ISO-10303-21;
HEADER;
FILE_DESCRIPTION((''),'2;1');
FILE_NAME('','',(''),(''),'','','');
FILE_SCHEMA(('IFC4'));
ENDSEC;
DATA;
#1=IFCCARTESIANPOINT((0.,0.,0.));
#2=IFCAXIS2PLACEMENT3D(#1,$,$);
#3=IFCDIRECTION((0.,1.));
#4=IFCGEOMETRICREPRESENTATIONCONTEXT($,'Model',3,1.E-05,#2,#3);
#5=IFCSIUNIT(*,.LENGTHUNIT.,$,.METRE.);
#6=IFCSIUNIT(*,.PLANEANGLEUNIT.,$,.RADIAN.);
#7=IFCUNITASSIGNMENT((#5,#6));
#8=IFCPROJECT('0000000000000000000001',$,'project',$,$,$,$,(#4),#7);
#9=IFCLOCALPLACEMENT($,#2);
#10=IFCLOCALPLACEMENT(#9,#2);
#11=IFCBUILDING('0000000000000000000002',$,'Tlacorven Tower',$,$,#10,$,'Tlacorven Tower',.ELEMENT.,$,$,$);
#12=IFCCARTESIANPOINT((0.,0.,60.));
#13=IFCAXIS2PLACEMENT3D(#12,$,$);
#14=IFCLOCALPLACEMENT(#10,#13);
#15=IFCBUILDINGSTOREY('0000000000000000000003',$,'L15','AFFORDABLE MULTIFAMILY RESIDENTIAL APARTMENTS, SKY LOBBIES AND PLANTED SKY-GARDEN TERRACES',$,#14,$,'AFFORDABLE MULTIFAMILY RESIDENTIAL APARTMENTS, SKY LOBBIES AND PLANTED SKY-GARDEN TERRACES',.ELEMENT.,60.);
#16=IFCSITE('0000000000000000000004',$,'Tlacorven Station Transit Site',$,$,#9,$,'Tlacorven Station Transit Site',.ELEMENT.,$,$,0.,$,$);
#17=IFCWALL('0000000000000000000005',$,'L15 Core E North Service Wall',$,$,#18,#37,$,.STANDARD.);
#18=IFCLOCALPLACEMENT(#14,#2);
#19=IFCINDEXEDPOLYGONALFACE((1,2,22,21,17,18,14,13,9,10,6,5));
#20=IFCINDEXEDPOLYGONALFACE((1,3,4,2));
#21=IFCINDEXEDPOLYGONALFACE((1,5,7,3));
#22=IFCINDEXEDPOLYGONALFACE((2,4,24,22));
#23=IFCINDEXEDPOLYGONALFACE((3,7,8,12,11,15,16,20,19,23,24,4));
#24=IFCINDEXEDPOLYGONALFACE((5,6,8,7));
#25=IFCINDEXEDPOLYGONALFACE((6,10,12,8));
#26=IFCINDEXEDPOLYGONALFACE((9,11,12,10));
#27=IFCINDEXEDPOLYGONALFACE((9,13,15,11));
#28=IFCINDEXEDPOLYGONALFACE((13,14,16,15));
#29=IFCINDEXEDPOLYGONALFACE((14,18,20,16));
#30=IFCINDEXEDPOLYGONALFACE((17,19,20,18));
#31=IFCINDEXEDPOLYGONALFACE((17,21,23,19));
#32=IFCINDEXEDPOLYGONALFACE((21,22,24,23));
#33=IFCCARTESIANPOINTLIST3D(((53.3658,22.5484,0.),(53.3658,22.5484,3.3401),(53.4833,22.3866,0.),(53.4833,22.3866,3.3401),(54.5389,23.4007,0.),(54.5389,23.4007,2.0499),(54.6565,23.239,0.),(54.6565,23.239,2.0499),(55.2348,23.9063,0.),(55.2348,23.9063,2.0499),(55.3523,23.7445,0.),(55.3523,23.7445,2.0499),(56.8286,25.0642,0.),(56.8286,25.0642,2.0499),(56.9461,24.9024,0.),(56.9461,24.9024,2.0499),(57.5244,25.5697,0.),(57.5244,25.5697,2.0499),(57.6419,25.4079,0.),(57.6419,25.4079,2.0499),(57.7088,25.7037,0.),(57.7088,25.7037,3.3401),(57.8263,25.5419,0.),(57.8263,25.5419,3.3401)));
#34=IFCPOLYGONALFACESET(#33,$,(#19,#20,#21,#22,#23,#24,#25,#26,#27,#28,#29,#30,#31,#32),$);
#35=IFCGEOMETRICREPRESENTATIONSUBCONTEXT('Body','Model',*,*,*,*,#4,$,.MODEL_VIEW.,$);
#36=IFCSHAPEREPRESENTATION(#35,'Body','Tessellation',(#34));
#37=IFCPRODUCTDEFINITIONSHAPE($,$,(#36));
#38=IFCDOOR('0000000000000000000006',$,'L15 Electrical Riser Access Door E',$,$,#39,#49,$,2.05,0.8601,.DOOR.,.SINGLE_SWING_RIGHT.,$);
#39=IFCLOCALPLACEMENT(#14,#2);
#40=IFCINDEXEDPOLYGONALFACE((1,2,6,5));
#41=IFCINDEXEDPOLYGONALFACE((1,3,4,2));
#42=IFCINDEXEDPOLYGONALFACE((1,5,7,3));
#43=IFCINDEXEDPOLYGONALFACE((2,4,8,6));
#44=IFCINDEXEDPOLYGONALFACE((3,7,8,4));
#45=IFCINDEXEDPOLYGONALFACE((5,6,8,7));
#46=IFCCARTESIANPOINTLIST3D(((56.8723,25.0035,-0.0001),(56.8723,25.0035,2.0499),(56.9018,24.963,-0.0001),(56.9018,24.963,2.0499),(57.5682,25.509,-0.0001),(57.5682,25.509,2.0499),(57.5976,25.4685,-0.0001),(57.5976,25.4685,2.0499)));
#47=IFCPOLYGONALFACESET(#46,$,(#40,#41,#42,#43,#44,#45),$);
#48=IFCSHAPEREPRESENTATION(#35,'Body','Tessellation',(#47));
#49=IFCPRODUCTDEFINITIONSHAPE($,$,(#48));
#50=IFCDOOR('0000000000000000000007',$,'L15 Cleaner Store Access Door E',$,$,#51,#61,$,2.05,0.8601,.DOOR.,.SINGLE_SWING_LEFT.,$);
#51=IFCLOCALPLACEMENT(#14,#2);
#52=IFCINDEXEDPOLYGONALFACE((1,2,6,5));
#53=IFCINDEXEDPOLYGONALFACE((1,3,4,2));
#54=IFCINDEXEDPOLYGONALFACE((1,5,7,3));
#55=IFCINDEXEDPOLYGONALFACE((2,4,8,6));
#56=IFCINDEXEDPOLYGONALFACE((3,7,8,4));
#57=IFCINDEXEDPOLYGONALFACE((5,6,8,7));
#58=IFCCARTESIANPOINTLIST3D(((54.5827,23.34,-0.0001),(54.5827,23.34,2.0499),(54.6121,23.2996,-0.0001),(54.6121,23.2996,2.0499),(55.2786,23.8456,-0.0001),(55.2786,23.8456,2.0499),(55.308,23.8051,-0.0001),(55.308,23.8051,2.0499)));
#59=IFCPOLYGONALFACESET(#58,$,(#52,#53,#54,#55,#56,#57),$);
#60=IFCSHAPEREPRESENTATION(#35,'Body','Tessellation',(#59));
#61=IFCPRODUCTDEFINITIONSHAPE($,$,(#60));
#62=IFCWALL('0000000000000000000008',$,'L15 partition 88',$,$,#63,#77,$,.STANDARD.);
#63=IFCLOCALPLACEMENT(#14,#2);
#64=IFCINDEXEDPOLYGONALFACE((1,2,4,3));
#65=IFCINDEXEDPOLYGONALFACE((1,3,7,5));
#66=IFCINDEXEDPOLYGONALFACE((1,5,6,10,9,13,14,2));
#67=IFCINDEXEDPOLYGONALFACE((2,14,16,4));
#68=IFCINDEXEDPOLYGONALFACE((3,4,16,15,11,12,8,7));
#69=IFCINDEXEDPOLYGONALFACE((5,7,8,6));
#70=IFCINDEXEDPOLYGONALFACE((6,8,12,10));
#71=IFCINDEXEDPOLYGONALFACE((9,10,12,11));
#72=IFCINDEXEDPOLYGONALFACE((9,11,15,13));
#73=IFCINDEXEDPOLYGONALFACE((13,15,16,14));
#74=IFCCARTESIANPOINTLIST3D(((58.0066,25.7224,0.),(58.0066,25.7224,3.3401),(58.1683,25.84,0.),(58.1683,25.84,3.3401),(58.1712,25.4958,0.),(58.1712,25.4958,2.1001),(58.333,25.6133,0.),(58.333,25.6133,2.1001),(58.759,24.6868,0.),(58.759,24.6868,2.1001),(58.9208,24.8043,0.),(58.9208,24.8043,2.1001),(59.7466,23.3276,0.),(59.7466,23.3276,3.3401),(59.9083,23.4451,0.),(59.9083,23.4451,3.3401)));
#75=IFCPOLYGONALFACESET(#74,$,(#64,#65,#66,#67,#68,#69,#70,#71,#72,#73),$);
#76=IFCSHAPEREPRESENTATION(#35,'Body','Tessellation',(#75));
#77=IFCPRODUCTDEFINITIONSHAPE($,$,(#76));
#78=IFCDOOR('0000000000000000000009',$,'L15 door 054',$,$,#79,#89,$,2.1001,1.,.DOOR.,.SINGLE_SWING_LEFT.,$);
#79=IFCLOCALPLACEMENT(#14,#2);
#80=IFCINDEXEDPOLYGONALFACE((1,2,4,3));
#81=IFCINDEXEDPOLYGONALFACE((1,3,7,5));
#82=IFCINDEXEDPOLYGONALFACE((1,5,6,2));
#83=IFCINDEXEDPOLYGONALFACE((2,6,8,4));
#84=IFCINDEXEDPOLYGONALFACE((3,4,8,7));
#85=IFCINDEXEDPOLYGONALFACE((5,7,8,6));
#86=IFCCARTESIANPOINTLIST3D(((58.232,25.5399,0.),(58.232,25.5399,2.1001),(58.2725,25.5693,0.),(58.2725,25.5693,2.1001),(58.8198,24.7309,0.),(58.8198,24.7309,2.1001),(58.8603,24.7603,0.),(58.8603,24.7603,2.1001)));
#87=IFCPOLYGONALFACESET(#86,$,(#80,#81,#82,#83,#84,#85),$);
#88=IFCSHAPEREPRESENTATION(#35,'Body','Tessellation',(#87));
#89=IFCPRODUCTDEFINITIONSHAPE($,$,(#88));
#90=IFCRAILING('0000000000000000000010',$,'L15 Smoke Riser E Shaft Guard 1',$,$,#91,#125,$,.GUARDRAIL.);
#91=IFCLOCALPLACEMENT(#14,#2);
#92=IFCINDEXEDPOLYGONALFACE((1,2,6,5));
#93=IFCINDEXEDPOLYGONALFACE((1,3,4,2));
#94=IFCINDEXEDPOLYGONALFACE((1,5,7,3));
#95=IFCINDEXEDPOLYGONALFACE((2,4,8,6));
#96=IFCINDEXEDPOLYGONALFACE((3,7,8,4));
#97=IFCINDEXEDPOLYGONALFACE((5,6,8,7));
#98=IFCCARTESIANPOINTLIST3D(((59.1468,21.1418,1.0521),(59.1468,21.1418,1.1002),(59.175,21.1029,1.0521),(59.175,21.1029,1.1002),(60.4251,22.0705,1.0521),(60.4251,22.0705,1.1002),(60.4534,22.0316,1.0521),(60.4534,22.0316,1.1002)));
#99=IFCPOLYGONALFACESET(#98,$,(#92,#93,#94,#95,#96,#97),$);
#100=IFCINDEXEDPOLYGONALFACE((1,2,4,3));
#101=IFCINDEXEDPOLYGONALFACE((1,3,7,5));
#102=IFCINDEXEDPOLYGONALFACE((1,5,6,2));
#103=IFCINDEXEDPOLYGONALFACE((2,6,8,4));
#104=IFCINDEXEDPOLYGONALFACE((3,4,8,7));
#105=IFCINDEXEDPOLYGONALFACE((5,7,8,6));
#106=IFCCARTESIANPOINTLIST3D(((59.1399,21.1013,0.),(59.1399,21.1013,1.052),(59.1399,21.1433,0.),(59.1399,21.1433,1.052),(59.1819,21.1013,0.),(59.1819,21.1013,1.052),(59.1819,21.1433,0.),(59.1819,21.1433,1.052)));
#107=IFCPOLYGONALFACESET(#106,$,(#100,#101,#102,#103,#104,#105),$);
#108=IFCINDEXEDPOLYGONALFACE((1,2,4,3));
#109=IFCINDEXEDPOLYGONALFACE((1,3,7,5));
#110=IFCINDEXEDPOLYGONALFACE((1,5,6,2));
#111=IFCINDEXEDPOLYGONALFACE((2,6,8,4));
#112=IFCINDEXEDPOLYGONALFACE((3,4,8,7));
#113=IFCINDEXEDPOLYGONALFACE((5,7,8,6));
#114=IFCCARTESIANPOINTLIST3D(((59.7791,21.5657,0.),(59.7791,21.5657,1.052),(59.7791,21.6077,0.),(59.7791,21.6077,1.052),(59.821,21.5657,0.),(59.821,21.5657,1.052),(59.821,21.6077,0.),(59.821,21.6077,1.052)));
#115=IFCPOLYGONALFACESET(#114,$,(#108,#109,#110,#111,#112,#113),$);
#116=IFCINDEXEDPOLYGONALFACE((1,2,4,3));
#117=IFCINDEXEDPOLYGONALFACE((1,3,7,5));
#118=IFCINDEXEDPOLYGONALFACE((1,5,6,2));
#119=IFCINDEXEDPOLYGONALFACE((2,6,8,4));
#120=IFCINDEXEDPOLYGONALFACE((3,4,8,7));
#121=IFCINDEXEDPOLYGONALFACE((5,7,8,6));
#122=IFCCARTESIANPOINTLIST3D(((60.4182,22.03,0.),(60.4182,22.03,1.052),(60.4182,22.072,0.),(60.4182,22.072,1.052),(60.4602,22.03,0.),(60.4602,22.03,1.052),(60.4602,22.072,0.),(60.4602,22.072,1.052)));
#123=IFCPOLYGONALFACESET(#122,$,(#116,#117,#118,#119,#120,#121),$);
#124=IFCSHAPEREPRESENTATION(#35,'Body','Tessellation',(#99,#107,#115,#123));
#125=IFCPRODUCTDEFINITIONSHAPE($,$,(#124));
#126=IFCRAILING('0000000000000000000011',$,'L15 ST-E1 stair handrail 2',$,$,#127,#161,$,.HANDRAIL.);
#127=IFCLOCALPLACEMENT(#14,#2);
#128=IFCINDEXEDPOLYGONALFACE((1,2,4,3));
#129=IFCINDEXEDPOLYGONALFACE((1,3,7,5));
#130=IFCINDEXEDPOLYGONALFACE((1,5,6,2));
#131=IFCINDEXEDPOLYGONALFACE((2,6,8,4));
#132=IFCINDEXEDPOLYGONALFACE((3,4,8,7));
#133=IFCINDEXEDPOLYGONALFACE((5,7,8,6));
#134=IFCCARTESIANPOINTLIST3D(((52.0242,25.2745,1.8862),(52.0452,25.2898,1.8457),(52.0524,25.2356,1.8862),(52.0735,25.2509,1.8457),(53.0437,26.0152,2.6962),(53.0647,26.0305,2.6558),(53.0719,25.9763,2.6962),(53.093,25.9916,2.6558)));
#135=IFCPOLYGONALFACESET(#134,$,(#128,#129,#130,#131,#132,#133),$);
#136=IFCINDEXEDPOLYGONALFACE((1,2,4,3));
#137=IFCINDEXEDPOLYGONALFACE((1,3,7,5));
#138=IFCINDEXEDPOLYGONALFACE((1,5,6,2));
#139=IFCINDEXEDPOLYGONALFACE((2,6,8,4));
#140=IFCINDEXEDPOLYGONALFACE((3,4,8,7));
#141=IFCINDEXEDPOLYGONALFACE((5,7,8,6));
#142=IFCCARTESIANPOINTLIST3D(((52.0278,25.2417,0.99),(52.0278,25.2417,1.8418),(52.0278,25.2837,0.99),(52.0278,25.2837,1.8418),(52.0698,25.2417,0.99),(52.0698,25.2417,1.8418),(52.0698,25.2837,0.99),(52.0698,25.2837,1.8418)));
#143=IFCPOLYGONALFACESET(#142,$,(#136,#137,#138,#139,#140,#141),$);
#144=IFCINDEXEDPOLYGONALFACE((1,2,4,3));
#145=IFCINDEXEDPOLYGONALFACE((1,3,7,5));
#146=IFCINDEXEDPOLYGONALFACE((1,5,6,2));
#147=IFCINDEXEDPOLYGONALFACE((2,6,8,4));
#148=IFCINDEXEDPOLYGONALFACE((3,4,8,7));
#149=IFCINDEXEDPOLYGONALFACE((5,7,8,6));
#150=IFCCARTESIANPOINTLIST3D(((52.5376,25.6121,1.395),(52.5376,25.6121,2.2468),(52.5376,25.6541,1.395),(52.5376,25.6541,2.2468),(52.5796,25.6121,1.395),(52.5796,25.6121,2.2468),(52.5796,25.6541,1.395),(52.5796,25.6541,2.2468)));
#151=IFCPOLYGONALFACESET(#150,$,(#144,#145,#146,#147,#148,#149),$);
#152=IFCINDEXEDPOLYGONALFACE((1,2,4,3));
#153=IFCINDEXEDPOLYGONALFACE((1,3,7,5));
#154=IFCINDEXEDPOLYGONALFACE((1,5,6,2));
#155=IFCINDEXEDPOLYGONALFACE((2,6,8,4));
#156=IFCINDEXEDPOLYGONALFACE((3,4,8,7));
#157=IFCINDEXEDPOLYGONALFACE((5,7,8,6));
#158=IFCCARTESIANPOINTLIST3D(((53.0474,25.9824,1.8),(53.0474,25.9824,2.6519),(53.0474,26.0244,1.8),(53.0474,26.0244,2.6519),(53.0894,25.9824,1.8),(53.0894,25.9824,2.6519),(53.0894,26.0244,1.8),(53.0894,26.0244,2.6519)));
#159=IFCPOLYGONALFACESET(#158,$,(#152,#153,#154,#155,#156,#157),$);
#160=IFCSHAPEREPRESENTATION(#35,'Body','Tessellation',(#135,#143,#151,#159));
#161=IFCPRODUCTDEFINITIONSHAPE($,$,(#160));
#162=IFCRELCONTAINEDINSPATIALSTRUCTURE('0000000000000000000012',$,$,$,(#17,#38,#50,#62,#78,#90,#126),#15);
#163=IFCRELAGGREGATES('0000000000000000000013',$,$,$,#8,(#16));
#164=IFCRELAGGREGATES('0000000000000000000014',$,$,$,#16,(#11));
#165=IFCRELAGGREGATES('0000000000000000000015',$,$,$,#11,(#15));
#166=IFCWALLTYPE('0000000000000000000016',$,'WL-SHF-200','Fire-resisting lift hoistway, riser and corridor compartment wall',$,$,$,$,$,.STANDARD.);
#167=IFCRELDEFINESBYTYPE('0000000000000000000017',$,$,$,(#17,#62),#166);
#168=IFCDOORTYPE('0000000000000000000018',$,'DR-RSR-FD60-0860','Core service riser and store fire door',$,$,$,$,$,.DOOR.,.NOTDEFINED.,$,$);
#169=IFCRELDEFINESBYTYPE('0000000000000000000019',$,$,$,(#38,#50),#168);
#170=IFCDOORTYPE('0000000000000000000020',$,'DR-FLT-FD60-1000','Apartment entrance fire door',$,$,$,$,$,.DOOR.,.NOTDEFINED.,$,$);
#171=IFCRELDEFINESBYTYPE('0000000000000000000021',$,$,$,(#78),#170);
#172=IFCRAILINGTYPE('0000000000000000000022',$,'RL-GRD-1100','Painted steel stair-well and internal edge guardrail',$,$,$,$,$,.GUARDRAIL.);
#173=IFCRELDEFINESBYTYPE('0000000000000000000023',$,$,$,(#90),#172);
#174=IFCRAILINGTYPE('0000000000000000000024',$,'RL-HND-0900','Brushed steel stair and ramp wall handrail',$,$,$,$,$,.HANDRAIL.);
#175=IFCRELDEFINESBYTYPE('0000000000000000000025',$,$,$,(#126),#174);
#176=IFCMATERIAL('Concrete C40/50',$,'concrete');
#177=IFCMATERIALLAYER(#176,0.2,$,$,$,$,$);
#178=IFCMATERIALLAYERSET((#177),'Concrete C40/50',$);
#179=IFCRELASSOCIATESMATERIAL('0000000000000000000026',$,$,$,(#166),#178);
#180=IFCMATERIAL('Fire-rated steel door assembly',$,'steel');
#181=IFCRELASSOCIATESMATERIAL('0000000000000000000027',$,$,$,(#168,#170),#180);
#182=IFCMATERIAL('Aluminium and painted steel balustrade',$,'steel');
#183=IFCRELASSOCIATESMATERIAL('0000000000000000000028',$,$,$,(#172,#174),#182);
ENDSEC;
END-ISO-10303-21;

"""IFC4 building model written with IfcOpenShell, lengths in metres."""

from ifc_helpers import new_model, si_unit, direction, frame, frame_2d, origin, origin_2d, place, context, subcontext, project, spatial, rectangle, extrude, source, transform, mapped, material, layer, layer_set, type_object, element, fill, save


model = new_model("IFC4")

# Units and contexts
model_context = context("Model", 3, precision=1e-05, world=origin(), true_north=direction((0.0, 1.0)))
body_context = subcontext(model_context, "Body", "Model", "MODEL_VIEW")
ifc_project = project(units=[si_unit("LENGTHUNIT", "METRE"), si_unit("PLANEANGLEUNIT", "RADIAN")], contexts=[model_context])

# Site, building, storey
site_placement = place(None, origin())
site = spatial("IfcSite", under=ifc_project, at=site_placement, Name="Tlacorven Station Transit Site", LongName="Tlacorven Station Transit Site", CompositionType="ELEMENT", RefElevation=0.0)
building_placement = place(site_placement, origin())
building = spatial("IfcBuilding", under=site, at=building_placement, Name="Tlacorven Tower", LongName="Tlacorven Tower", CompositionType="ELEMENT")
storey_placement = place(building_placement, frame((0.0, 0.0, 60.0)))
storey = spatial("IfcBuildingStorey", under=building, at=storey_placement, Name="L15", Description="AFFORDABLE MULTIFAMILY RESIDENTIAL APARTMENTS, SKY LOBBIES AND PLANTED SKY-GARDEN TERRACES", LongName="AFFORDABLE MULTIFAMILY RESIDENTIAL APARTMENTS, SKY LOBBIES AND PLANTED SKY-GARDEN TERRACES", CompositionType="ELEMENT", Elevation=60.0)

# Shared definitions
ifc_material_1 = material(Name="Concrete C40/50", Category="concrete")
ifc_layer_1 = layer(ifc_material_1, 0.2)
ifc_layer_set_1 = layer_set([ifc_layer_1], Name="Concrete C40/50")
wall_type_1 = type_object("IfcWallType", Name="WL-SHF-200", Description="Fire-resisting lift hoistway, riser and corridor compartment wall", PredefinedType="STANDARD", material=ifc_layer_set_1)
ifc_material_2 = material(Name="Fire-rated steel door assembly", Category="steel")
door_type_1 = type_object("IfcDoorType", Name="DR-RSR-FD60-0860", Description="Core service riser and store fire door", OperationType="NOTDEFINED", PredefinedType="DOOR", material=ifc_material_2)
shared_shape_1 = source(origin(), body_context, "Body", "SweptSolid", [
    extrude(rectangle(XDim=0.8601, YDim=2.05, at=frame_2d((0.4302, 1.0249))), frame((0.0, 0.0249, 0.0), z_axis=(0.0, -1.0, 0.0), x_axis=(1.0, 0.0, 0.0)), (0.0, 0.0, 1.0), 0.05),
])

# Wall, openings, doors
wall_1_placement = place(storey_placement, frame((53.4246, 22.4675, 0.0), z_axis=(0.0, 0.0, 1.0), x_axis=(0.809027, 0.587771, 0.0)))
wall_1 = element("IfcWall", 1, at=wall_1_placement, inside=storey, type_object=wall_type_1, Name="L15 Core E North Service Wall", PredefinedType="STANDARD", context=body_context, shape_type="SweptSolid", body=[
    extrude(rectangle(XDim=5.3682, YDim=0.2, at=frame_2d((2.6841, 0.0))), origin(), (0.0, 0.0, 1.0), 3.3401),
])
opening_1_placement = place(wall_1_placement, frame((4.28, 0.0, 0.0)))
opening_1 = element("IfcOpeningElement", 2, at=opening_1_placement, cuts=wall_1, PredefinedType="OPENING", context=body_context, shape_type="SweptSolid", body=[
    extrude(rectangle(XDim=0.8601, YDim=2.05, at=frame_2d((0.4302, 1.0249))), frame((0.0, 0.1099, 0.0), z_axis=(0.0, -1.0, 0.0), x_axis=(1.0, 0.0, 0.0)), (0.0, 0.0, 1.0), 0.22),
])
opening_2_placement = place(wall_1_placement, frame((1.45, 0.0, 0.0)))
opening_2 = element("IfcOpeningElement", 3, at=opening_2_placement, cuts=wall_1, PredefinedType="OPENING", context=body_context, shape_type="SweptSolid", body=[
    extrude(rectangle(XDim=0.8601, YDim=2.05, at=frame_2d((0.4302, 1.0249))), frame((0.0, 0.1099, 0.0), z_axis=(0.0, -1.0, 0.0), x_axis=(1.0, 0.0, 0.0)), (0.0, 0.0, 1.0), 0.22),
])
door_1_placement = place(opening_1_placement, frame((0.8601, 0.0, 0.0), z_axis=(0.0, 0.0, 1.0), x_axis=(-1.0, 0.0, 0.0)))
door_1 = element("IfcDoor", 4, at=door_1_placement, inside=storey, type_object=door_type_1, Name="L15 Electrical Riser Access Door E", OperationType="SINGLE_SWING_RIGHT", OverallHeight=2.05, OverallWidth=0.8601, PredefinedType="DOOR", context=body_context, shape_type="MappedRepresentation", body=[
    mapped(shared_shape_1, transform((0.0, 0.0, 0.0), scale=1.0)),
])
fill(opening_1, door_1)
door_2_placement = place(opening_2_placement, frame((0.8601, 0.0, 0.0), z_axis=(0.0, 0.0, 1.0), x_axis=(-1.0, 0.0, 0.0)))
door_2 = element("IfcDoor", 5, at=door_2_placement, inside=storey, type_object=door_type_1, Name="L15 Cleaner Store Access Door E", OperationType="SINGLE_SWING_LEFT", OverallHeight=2.05, OverallWidth=0.8601, PredefinedType="DOOR", context=body_context, shape_type="MappedRepresentation", body=[
    mapped(shared_shape_1, transform((0.0, 0.0, 0.0), scale=1.0)),
])
fill(opening_2, door_2)

# Wall, opening, door
wall_2_placement = place(storey_placement, frame((59.8274, 23.3865, 0.0), z_axis=(0.0, 0.0, 1.0), x_axis=(-0.587804, 0.809003, 0.0)))
wall_2 = element("IfcWall", 6, at=wall_2_placement, inside=storey, type_object=wall_type_1, Name="L15 partition 88", PredefinedType="STANDARD", context=body_context, shape_type="SweptSolid", body=[
    extrude(rectangle(XDim=2.9602, YDim=0.2, at=frame_2d((1.48, 0.0))), origin(), (0.0, 0.0, 1.0), 3.3401),
])
opening_3_placement = place(wall_2_placement, frame((1.6799, 0.0, 0.0)))
opening_3 = element("IfcOpeningElement", 7, at=opening_3_placement, cuts=wall_2, PredefinedType="OPENING", context=body_context, shape_type="SweptSolid", body=[
    extrude(rectangle(XDim=1.0, YDim=2.1001, at=frame_2d((0.5, 1.05))), frame((0.0, 0.1099, 0.0), z_axis=(0.0, -1.0, 0.0), x_axis=(1.0, 0.0, 0.0)), (0.0, 0.0, 1.0), 0.22),
])
door_type_2 = type_object("IfcDoorType", Name="DR-FLT-FD60-1000", Description="Apartment entrance fire door", OperationType="NOTDEFINED", PredefinedType="DOOR", material=ifc_material_2)
shared_shape_2 = source(origin(), body_context, "Body", "SweptSolid", [
    extrude(rectangle(XDim=1.0, YDim=2.1001, at=frame_2d((0.5, 1.05))), frame((0.0, 0.0249, 0.0), z_axis=(0.0, -1.0, 0.0), x_axis=(1.0, 0.0, 0.0)), (0.0, 0.0, 1.0), 0.05),
])
door_3_placement = place(opening_3_placement, origin())
door_3 = element("IfcDoor", 8, at=door_3_placement, inside=storey, type_object=door_type_2, Name="L15 door 054", OperationType="SINGLE_SWING_LEFT", OverallHeight=2.1001, OverallWidth=1.0, PredefinedType="DOOR", context=body_context, shape_type="MappedRepresentation", body=[
    mapped(shared_shape_2, transform((0.0, 0.0, 0.0), scale=1.0)),
])
fill(opening_3, door_3)

# Railings
ifc_material_3 = material(Name="Aluminium and painted steel balustrade", Category="steel")
railing_type_1 = type_object("IfcRailingType", Name="RL-GRD-1100", Description="Painted steel stair-well and internal edge guardrail", PredefinedType="GUARDRAIL", material=ifc_material_3)
shared_shape_3 = source(origin(), body_context, "Body", "SweptSolid", [
    extrude(rectangle(XDim=0.0481, YDim=0.0481, at=origin_2d()), frame((0.0, 0.0, 1.0762), z_axis=(0.80903, 0.587767, 0.0), x_axis=(-0.587767, 0.80903, 0.0)), (0.0, 0.0, 1.0), 1.5801),
    extrude(rectangle(XDim=0.042, YDim=0.042, at=origin_2d()), origin(), (0.0, 0.0, 1.0), 1.052),
    extrude(rectangle(XDim=0.042, YDim=0.042, at=origin_2d()), frame((0.6392, 0.4644, 0.0)), (0.0, 0.0, 1.0), 1.052),
    extrude(rectangle(XDim=0.042, YDim=0.042, at=origin_2d()), frame((1.2783, 0.9287, 0.0)), (0.0, 0.0, 1.0), 1.052),
])
railing_1_placement = place(storey_placement, frame((59.1609, 21.1223, 0.0)))
element("IfcRailing", 9, at=railing_1_placement, inside=storey, type_object=railing_type_1, Name="L15 Smoke Riser E Shaft Guard 1", PredefinedType="GUARDRAIL", context=body_context, shape_type="MappedRepresentation", body=[
    mapped(shared_shape_3, transform((0.0, 0.0, 0.0), scale=1.0)),
])
railing_type_2 = type_object("IfcRailingType", Name="RL-HND-0900", Description="Brushed steel stair and ramp wall handrail", PredefinedType="HANDRAIL", material=ifc_material_3)
shared_shape_4 = source(origin(), body_context, "Body", "SweptSolid", [
    extrude(rectangle(XDim=0.0481, YDim=0.0481, at=origin_2d()), frame((0.0, 0.0, 0.876), z_axis=(0.680549, 0.494441, 0.540723), x_axis=(-0.58778, 0.809021, 0.0)), (0.0, 0.0, 1.0), 1.498),
    extrude(rectangle(XDim=0.042, YDim=0.042, at=origin_2d()), origin(), (0.0, 0.0, 1.0), 0.8518),
    extrude(rectangle(XDim=0.042, YDim=0.042, at=origin_2d()), frame((0.5098, 0.3704, 0.405)), (0.0, 0.0, 1.0), 0.8518),
    extrude(rectangle(XDim=0.042, YDim=0.042, at=origin_2d()), frame((1.0195, 0.7407, 0.8101)), (0.0, 0.0, 1.0), 0.8518),
])
railing_2_placement = place(storey_placement, frame((52.0488, 25.2627, 0.99)))
element("IfcRailing", 10, at=railing_2_placement, inside=storey, type_object=railing_type_2, Name="L15 ST-E1 stair handrail 2", PredefinedType="HANDRAIL", context=body_context, shape_type="MappedRepresentation", body=[
    mapped(shared_shape_4, transform((0.0, 0.0, 0.0), scale=1.0)),
])

save(model, "model.ifc")
